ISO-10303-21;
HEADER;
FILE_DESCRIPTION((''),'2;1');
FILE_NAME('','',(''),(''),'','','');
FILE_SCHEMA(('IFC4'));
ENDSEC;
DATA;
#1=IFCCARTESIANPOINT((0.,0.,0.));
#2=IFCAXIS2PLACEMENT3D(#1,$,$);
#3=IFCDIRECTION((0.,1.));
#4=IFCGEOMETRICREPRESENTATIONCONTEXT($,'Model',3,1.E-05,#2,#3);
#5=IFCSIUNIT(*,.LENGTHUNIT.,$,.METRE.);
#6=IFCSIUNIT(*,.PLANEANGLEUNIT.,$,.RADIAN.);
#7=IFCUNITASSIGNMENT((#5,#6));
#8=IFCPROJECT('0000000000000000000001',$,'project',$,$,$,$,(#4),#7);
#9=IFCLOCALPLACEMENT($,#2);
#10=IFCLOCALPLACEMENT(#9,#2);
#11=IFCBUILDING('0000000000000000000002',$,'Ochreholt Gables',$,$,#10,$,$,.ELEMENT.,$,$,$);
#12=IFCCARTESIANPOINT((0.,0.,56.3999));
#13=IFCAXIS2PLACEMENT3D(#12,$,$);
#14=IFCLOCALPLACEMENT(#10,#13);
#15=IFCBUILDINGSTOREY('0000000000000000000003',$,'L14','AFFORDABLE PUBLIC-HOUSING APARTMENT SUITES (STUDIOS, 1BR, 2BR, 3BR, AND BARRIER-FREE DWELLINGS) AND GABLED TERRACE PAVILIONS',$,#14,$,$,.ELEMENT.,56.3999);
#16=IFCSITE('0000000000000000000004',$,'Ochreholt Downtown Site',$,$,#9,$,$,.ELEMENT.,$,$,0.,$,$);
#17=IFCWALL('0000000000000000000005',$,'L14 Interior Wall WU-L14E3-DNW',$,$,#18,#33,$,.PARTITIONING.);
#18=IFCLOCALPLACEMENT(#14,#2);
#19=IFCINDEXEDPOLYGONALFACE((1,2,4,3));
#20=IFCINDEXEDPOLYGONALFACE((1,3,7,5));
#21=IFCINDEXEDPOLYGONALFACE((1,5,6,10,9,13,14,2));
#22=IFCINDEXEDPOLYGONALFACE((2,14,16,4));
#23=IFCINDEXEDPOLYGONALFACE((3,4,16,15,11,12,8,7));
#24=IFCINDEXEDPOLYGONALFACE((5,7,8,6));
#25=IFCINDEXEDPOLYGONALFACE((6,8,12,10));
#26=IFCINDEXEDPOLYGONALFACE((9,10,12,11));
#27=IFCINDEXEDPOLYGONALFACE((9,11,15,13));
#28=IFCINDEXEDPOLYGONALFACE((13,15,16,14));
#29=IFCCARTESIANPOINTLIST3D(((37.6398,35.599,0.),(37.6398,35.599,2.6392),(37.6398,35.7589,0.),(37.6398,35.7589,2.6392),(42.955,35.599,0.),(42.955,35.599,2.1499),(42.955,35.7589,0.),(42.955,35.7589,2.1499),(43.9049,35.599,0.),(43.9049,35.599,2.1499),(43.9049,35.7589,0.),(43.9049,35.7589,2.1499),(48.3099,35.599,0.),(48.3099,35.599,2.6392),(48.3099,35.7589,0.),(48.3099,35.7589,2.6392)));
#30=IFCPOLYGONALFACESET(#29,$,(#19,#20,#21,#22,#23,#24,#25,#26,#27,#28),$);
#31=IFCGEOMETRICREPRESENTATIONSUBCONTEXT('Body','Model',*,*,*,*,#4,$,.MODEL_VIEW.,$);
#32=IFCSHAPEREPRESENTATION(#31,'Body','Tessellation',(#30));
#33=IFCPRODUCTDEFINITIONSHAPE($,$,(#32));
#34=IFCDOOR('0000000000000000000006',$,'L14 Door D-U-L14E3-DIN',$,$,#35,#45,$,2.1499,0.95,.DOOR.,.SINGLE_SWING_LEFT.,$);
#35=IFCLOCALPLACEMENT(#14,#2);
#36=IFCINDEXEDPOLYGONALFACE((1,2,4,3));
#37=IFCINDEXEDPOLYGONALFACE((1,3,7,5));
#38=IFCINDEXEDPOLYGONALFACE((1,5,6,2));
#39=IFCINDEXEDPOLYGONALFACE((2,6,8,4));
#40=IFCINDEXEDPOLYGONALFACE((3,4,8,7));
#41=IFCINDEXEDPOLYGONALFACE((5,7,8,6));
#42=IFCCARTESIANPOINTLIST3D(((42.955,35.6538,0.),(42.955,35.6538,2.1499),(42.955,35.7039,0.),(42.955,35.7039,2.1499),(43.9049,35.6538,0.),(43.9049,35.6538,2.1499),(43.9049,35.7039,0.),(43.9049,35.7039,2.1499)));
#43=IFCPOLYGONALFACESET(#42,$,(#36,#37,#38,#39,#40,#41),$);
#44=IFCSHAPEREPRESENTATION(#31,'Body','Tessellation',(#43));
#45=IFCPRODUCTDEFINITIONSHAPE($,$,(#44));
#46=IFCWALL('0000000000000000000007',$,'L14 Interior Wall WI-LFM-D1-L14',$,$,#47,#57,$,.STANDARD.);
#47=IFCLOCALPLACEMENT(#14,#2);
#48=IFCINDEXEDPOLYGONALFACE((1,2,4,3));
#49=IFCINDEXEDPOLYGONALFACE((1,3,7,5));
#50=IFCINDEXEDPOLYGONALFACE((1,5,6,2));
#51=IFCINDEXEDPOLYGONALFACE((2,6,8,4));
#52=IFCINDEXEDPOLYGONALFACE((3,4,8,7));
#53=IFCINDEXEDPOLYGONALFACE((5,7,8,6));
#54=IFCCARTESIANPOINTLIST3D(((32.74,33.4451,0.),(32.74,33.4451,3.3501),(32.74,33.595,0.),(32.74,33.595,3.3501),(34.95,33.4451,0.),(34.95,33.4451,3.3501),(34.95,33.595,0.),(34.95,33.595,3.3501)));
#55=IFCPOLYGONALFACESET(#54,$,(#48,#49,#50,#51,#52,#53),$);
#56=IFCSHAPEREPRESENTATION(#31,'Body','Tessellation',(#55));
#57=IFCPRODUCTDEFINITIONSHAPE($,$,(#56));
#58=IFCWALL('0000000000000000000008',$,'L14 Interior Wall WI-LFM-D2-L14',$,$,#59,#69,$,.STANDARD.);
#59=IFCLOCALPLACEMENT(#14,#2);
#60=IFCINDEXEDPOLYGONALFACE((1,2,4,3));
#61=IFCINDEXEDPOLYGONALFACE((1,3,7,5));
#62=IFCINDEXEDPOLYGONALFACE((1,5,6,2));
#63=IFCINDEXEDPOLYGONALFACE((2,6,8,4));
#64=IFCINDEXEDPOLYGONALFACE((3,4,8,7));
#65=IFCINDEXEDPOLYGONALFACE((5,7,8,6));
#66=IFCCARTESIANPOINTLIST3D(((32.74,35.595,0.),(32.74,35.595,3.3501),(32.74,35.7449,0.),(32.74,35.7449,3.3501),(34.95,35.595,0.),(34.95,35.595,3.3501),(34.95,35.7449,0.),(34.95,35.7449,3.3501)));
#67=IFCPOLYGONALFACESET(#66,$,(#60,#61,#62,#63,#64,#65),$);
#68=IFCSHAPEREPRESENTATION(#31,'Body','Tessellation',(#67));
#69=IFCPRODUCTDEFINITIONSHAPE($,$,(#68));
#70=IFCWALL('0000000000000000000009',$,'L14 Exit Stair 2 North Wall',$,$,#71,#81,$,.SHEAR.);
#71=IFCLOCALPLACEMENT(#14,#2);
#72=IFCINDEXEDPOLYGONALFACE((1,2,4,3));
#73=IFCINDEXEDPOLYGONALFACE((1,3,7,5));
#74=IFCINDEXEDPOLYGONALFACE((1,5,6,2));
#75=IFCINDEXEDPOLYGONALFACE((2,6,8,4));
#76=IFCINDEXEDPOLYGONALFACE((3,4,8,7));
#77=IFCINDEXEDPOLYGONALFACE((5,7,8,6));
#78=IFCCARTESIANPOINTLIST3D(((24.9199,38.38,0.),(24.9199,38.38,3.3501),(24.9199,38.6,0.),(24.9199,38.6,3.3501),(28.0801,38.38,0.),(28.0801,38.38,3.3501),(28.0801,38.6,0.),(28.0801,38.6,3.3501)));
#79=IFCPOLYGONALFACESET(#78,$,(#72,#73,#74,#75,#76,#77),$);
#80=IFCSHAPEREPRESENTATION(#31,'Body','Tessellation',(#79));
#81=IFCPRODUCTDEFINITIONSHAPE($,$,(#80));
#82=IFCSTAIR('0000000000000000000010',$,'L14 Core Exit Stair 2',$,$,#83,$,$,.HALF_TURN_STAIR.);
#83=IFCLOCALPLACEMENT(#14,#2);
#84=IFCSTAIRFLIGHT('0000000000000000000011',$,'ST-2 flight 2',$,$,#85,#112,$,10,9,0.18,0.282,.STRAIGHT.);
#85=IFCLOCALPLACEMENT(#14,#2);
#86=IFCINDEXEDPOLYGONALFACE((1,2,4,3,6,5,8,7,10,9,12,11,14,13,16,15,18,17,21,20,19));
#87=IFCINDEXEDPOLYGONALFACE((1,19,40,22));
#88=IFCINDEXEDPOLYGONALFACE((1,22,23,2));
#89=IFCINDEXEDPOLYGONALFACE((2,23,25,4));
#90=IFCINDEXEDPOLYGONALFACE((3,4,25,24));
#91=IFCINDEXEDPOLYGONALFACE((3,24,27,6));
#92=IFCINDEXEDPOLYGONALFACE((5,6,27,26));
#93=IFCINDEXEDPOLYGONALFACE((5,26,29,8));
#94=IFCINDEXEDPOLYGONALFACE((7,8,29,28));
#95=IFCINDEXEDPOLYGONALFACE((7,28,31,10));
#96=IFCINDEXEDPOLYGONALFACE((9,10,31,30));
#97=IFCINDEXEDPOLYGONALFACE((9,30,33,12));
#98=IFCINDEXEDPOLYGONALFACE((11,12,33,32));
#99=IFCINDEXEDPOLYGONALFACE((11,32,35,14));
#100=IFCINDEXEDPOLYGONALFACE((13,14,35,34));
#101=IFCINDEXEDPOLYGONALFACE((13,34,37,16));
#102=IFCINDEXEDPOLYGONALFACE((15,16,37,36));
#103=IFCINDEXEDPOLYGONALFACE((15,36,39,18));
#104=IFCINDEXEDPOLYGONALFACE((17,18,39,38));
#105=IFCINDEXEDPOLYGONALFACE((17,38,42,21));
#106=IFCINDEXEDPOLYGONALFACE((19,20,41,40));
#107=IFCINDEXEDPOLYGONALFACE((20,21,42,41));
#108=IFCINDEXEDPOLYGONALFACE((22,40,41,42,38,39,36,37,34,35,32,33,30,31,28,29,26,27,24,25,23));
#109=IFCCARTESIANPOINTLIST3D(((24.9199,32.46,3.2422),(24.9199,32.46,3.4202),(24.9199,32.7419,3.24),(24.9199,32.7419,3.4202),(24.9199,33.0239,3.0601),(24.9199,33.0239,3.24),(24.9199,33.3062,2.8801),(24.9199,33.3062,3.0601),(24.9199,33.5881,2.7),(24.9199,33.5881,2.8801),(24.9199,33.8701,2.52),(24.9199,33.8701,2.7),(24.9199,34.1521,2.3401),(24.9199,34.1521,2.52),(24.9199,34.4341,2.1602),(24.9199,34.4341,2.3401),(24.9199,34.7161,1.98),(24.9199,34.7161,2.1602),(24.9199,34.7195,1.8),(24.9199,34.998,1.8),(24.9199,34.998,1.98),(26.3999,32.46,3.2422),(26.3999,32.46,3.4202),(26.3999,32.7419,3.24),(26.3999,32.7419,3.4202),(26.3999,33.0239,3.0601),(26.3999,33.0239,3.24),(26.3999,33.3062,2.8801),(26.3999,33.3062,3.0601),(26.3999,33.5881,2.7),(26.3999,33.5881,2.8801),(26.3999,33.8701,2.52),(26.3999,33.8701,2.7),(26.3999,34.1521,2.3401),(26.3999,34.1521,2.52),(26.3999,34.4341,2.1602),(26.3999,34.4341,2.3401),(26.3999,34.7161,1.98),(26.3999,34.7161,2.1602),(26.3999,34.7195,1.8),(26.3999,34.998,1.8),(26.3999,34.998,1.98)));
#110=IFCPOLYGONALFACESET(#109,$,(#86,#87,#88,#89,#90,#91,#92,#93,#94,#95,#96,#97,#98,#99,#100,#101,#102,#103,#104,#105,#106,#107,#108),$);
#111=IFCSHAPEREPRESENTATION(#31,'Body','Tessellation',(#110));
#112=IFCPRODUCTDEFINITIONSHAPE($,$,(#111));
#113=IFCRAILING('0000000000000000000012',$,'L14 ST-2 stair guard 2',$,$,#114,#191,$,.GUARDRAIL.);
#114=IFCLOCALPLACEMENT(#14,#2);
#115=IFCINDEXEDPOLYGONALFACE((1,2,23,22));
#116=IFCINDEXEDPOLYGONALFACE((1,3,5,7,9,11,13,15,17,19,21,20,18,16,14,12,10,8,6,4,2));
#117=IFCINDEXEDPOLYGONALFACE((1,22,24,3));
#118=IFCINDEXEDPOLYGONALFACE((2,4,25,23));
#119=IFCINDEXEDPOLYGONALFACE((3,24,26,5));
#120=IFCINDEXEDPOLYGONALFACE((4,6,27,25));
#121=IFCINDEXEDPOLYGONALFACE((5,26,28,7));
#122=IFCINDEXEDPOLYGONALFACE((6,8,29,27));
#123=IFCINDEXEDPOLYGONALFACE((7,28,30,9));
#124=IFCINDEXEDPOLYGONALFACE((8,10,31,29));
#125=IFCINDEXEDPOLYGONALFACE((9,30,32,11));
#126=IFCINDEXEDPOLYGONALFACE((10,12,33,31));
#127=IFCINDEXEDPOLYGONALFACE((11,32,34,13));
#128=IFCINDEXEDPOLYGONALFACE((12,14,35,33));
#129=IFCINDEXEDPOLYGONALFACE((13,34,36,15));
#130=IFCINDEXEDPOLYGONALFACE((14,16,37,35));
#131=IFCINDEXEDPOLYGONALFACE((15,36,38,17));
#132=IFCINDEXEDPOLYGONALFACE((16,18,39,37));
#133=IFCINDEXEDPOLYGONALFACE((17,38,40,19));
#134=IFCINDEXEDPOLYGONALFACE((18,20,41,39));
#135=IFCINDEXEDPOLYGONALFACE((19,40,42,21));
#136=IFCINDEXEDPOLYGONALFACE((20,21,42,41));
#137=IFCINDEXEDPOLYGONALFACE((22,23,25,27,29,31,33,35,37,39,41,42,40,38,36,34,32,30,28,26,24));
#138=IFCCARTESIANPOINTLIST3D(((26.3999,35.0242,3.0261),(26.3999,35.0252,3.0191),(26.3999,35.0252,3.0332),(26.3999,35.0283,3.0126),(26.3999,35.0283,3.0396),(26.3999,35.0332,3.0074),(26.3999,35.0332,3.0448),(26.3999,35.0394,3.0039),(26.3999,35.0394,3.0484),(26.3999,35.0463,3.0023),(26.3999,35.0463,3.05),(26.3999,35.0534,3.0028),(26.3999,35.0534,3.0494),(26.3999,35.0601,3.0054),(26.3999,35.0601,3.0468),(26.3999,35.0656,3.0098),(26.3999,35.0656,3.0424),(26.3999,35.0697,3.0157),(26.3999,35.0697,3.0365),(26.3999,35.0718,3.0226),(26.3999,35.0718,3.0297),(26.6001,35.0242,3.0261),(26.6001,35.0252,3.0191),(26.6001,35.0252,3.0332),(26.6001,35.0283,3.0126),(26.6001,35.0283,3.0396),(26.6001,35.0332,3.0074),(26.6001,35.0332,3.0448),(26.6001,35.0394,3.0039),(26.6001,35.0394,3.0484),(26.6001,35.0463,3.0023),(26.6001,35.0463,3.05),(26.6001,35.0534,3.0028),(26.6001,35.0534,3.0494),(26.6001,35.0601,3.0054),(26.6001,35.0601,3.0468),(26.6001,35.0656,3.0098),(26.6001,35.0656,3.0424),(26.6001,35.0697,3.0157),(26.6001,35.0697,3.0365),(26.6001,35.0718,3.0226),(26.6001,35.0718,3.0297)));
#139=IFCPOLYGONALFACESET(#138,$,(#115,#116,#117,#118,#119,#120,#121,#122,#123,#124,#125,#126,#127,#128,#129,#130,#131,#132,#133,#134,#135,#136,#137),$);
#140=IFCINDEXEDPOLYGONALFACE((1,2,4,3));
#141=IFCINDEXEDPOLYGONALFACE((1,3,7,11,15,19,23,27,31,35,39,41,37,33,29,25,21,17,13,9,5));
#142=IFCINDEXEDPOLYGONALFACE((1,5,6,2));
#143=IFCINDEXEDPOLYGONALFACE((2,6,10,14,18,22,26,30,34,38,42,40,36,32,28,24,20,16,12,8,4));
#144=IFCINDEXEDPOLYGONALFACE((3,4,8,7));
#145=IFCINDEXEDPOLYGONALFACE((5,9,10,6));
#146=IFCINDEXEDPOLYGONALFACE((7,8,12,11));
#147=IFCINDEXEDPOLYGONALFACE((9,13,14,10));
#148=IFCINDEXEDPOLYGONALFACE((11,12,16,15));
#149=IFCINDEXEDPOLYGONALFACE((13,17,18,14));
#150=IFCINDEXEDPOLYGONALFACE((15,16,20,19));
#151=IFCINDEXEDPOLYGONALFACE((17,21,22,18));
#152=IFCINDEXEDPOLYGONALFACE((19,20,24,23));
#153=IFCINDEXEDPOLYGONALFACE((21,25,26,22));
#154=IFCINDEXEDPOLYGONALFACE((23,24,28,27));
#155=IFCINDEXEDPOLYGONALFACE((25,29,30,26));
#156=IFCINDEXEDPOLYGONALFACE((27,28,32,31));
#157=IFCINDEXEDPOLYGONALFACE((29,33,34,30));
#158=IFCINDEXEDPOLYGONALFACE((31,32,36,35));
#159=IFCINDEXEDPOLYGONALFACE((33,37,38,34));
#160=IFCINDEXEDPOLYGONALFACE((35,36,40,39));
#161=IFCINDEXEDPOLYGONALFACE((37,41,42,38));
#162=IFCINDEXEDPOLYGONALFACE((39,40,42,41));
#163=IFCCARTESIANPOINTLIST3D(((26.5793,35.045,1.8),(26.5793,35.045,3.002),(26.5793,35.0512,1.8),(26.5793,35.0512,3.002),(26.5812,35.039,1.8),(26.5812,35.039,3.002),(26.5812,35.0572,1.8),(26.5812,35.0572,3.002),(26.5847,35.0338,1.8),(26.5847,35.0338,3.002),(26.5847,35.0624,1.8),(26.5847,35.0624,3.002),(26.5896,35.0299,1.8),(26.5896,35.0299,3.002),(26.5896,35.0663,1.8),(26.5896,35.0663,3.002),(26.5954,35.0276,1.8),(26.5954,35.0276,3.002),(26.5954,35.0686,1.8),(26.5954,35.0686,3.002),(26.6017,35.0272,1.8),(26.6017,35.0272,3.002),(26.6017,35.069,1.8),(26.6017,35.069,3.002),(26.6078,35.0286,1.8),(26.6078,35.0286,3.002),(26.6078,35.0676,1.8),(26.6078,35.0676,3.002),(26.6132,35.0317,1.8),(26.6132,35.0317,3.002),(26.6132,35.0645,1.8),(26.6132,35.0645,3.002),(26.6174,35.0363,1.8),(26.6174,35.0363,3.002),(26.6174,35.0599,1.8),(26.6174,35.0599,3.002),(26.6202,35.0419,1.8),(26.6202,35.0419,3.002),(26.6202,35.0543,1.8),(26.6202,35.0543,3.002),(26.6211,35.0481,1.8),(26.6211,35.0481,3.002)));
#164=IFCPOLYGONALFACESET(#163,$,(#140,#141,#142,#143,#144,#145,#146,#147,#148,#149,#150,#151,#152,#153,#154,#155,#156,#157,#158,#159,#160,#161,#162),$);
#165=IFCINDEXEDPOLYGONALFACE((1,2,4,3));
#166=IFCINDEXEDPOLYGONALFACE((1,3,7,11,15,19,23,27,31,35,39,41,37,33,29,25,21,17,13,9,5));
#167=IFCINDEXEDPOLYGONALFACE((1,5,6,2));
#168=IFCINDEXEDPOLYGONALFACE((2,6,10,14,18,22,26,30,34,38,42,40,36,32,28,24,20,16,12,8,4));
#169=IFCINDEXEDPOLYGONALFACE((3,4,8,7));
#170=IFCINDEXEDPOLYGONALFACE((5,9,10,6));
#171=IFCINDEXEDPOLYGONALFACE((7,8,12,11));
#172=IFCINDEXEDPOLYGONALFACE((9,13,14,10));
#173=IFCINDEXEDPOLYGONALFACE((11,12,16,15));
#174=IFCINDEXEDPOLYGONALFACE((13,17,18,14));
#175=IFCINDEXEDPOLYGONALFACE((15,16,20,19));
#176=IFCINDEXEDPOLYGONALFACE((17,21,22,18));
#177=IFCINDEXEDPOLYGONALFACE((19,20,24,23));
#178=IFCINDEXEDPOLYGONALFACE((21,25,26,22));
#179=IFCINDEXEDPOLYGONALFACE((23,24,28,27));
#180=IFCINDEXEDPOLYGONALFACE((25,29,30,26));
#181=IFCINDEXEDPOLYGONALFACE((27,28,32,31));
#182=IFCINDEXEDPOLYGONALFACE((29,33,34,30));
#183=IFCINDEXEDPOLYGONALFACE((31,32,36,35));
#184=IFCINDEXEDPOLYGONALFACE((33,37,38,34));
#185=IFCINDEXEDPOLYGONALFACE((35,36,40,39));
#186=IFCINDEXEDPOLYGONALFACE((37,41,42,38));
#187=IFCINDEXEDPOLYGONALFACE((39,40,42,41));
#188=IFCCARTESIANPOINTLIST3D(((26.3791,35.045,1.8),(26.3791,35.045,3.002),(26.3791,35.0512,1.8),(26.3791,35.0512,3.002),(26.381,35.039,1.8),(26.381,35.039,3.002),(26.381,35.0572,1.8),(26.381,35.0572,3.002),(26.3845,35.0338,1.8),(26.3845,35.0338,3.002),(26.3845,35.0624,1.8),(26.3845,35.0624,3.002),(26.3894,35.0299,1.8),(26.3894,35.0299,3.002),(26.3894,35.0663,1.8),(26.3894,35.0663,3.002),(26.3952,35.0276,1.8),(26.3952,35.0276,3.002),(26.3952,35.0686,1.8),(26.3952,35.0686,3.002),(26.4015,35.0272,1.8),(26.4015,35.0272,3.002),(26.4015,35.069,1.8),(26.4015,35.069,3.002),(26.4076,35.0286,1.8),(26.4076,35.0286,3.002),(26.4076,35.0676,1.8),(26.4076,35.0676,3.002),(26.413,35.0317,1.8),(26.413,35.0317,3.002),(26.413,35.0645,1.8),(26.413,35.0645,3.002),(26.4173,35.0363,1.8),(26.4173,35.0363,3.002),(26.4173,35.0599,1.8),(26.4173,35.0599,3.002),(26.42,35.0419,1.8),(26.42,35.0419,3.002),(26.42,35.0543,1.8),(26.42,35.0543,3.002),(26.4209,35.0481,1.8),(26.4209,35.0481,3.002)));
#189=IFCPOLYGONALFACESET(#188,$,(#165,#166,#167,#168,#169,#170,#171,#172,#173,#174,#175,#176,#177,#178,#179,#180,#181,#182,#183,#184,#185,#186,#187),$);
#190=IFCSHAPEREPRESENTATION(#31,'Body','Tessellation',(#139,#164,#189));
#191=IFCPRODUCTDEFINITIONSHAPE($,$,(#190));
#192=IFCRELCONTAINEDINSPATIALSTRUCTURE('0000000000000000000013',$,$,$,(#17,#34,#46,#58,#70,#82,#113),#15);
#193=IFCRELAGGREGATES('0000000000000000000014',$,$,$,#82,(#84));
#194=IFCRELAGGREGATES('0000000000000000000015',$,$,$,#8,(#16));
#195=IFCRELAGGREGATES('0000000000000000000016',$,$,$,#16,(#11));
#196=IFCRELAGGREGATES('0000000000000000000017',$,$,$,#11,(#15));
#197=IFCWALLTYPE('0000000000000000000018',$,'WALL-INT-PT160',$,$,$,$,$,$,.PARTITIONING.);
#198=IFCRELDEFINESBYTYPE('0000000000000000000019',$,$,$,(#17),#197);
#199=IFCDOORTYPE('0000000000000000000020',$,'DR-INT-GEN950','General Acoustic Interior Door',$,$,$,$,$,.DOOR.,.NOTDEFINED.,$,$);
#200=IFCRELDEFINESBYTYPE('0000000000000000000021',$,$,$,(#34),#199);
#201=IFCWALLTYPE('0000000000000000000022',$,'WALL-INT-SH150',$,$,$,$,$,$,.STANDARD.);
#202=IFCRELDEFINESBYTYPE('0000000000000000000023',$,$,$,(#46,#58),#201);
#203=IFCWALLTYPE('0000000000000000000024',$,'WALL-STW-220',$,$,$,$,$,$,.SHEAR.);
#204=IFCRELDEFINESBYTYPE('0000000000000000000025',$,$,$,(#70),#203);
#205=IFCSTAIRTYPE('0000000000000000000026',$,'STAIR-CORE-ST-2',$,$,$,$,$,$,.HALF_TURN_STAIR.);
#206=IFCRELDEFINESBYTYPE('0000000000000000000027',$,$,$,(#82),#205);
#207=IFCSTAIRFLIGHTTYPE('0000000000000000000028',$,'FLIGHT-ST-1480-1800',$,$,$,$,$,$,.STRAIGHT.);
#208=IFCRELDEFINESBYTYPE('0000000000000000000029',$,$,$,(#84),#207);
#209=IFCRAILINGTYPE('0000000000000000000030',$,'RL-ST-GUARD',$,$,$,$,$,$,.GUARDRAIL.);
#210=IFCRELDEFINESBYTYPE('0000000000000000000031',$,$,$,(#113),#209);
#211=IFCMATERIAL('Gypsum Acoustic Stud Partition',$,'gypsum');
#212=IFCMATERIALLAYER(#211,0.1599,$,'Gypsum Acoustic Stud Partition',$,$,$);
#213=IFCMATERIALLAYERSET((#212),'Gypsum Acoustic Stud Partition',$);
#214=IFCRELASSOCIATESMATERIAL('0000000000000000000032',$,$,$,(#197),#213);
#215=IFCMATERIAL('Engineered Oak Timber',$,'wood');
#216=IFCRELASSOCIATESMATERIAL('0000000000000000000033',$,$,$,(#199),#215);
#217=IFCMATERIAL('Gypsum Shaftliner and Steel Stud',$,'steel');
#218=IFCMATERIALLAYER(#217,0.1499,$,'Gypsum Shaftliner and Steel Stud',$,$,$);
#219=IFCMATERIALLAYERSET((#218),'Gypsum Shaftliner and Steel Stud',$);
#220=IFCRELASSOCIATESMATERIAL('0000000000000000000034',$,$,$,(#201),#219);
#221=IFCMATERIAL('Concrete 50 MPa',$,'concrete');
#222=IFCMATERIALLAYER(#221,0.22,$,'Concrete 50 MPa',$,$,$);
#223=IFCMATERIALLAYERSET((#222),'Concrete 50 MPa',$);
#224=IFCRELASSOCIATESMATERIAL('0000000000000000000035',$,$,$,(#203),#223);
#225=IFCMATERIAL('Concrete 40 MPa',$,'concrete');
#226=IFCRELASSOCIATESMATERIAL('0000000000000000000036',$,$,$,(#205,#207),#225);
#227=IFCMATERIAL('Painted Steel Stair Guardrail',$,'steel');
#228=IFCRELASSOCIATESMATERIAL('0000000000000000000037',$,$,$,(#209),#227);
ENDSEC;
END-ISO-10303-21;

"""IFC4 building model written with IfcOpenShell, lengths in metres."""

from ifc_helpers import new_model, si_unit, direction, frame, frame_2d, origin, origin_2d, place, context, subcontext, project, spatial, polyline, rectangle, circle, outline, extrude, material, layer, layer_set, type_object, element, fill, aggregate, save


model = new_model("IFC4")

# Units and contexts
model_context = context("Model", 3, precision=1e-05, world=origin(), true_north=direction((0.0, 1.0)))
body_context = subcontext(model_context, "Body", "Model", "MODEL_VIEW")
ifc_project = project(units=[si_unit("LENGTHUNIT", "METRE"), si_unit("PLANEANGLEUNIT", "RADIAN")], contexts=[model_context])

# Site, building, storey
site_placement = place(None, origin())
site = spatial("IfcSite", under=ifc_project, at=site_placement, Name="Ochreholt Downtown Site", CompositionType="ELEMENT", RefElevation=0.0)
building_placement = place(site_placement, origin())
building = spatial("IfcBuilding", under=site, at=building_placement, Name="Ochreholt Gables", CompositionType="ELEMENT")
storey_placement = place(building_placement, frame((0.0, 0.0, 56.3999)))
storey = spatial("IfcBuildingStorey", under=building, at=storey_placement, Name="L14", Description="AFFORDABLE PUBLIC-HOUSING APARTMENT SUITES (STUDIOS, 1BR, 2BR, 3BR, AND BARRIER-FREE DWELLINGS) AND GABLED TERRACE PAVILIONS", CompositionType="ELEMENT", Elevation=56.3999)

# Wall, opening, door
ifc_material_1 = material(Name="Gypsum Acoustic Stud Partition", Category="gypsum")
ifc_layer_1 = layer(ifc_material_1, 0.1599, Name="Gypsum Acoustic Stud Partition")
ifc_layer_set_1 = layer_set([ifc_layer_1], Name="Gypsum Acoustic Stud Partition")
wall_type_1 = type_object("IfcWallType", Name="WALL-INT-PT160", PredefinedType="PARTITIONING", material=ifc_layer_set_1)
wall_1_placement = place(storey_placement, frame((37.6399, 35.679, 0.0), z_axis=(0.0, 0.0, 1.0), x_axis=(1.0, 0.0, 0.0)))
wall_1 = element("IfcWall", 1, at=wall_1_placement, inside=storey, type_object=wall_type_1, Name="L14 Interior Wall WU-L14E3-DNW", PredefinedType="PARTITIONING", context=body_context, shape_type="SweptSolid", body=[
    extrude(rectangle(XDim=10.6702, YDim=0.1599, at=frame_2d((5.335, 0.0))), origin(), (0.0, 0.0, 1.0), 2.6392),
])
opening_placement = place(wall_1_placement, frame((5.3149, 0.0, 0.0)))
opening = element("IfcOpeningElement", 2, at=opening_placement, cuts=wall_1, PredefinedType="OPENING", context=body_context, shape_type="SweptSolid", body=[
    extrude(rectangle(XDim=0.95, YDim=2.1499, at=frame_2d((0.4751, 1.075))), frame((0.0, 0.0898, 0.0), z_axis=(0.0, -1.0, 0.0), x_axis=(1.0, 0.0, 0.0)), (0.0, 0.0, 1.0), 0.1799),
])
ifc_material_2 = material(Name="Engineered Oak Timber", Category="wood")
door_type = type_object("IfcDoorType", Name="DR-INT-GEN950", Description="General Acoustic Interior Door", OperationType="NOTDEFINED", PredefinedType="DOOR", material=ifc_material_2)
door_placement = place(opening_placement, origin())
door = element("IfcDoor", 3, at=door_placement, inside=storey, type_object=door_type, Name="L14 Door D-U-L14E3-DIN", OperationType="SINGLE_SWING_LEFT", OverallHeight=2.1499, OverallWidth=0.95, PredefinedType="DOOR", context=body_context, shape_type="SweptSolid", body=[
    extrude(rectangle(XDim=0.95, YDim=2.1499, at=frame_2d((0.4751, 1.075))), frame((0.0, 0.0249, 0.0), z_axis=(0.0, -1.0, 0.0), x_axis=(1.0, 0.0, 0.0)), (0.0, 0.0, 1.0), 0.05),
])
fill(opening, door)

# Walls
ifc_material_3 = material(Name="Gypsum Shaftliner and Steel Stud", Category="steel")
ifc_layer_2 = layer(ifc_material_3, 0.1499, Name="Gypsum Shaftliner and Steel Stud")
ifc_layer_set_2 = layer_set([ifc_layer_2], Name="Gypsum Shaftliner and Steel Stud")
wall_type_2 = type_object("IfcWallType", Name="WALL-INT-SH150", PredefinedType="STANDARD", material=ifc_layer_set_2)
for number, where, z_axis, x_axis, name in (
    (4, (32.74, 33.52, 0.0), (0.0, 0.0, 1.0), (1.0, 0.0, 0.0), "L14 Interior Wall WI-LFM-D1-L14"),
    (5, (32.74, 35.6699, 0.0), (0.0, 0.0, 1.0), (1.0, 0.0, 0.0), "L14 Interior Wall WI-LFM-D2-L14"),
):
    element("IfcWall", number, at=place(storey_placement, frame(where, z_axis=z_axis, x_axis=x_axis)), inside=storey, type_object=wall_type_2, Name=name, PredefinedType="STANDARD", context=body_context, shape_type="SweptSolid", body=[
        extrude(rectangle(XDim=2.21, YDim=0.1499, at=frame_2d((1.105, 0.0))), origin(), (0.0, 0.0, 1.0), 3.3501),
    ])
ifc_material_4 = material(Name="Concrete 50 MPa", Category="concrete")
ifc_layer_3 = layer(ifc_material_4, 0.22, Name="Concrete 50 MPa")
ifc_layer_set_3 = layer_set([ifc_layer_3], Name="Concrete 50 MPa")
wall_type_3 = type_object("IfcWallType", Name="WALL-STW-220", PredefinedType="SHEAR", material=ifc_layer_set_3)
wall_2_placement = place(storey_placement, frame((24.9199, 38.49, 0.0), z_axis=(0.0, 0.0, 1.0), x_axis=(1.0, 0.0, 0.0)))
element("IfcWall", 6, at=wall_2_placement, inside=storey, type_object=wall_type_3, Name="L14 Exit Stair 2 North Wall", PredefinedType="SHEAR", context=body_context, shape_type="SweptSolid", body=[
    extrude(rectangle(XDim=3.1602, YDim=0.22, at=frame_2d((1.5801, 0.0))), origin(), (0.0, 0.0, 1.0), 3.3501),
])

# Stair, stair flight
ifc_material_5 = material(Name="Concrete 40 MPa", Category="concrete")
stair_type = type_object("IfcStairType", Name="STAIR-CORE-ST-2", PredefinedType="HALF_TURN_STAIR", material=ifc_material_5)
stair_placement = place(storey_placement, origin())
stair = element("IfcStair", 7, at=stair_placement, inside=storey, type_object=stair_type, Name="L14 Core Exit Stair 2", PredefinedType="HALF_TURN_STAIR")
stair_flight_type = type_object("IfcStairFlightType", Name="FLIGHT-ST-1480-1800", PredefinedType="STRAIGHT", material=ifc_material_5)
stair_flight_placement = place(storey_placement, frame((25.6599, 34.998, 1.8), z_axis=(0.0, 0.0, 1.0), x_axis=(0.0, -1.0, 0.0)))
stair_flight = element("IfcStairFlight", 8, at=stair_flight_placement, type_object=stair_flight_type, Name="ST-2 flight 2", NumberOfRisers=10, NumberOfTreads=9, PredefinedType="STRAIGHT", RiserHeight=0.18, TreadLength=0.282, context=body_context, shape_type="SweptSolid", body=[
    extrude(outline(polyline([(0.0, 0.0), (0.0, 0.1799), (0.282, 0.1799), (0.282, 0.3601), (0.564, 0.3601), (0.564, 0.54), (0.8459, 0.54), (0.8459, 0.72), (1.1279, 0.72), (1.1279, 0.8999), (1.4099, 0.8999), (1.4099, 1.0801), (1.6919, 1.0801), (1.6919, 1.26), (1.9741, 1.26), (1.9741, 1.4399), (2.2561, 1.4399), (2.2561, 1.6201), (2.5381, 1.6201), (2.5381, 1.8), (2.5381, 1.4421), (0.2786, 0.0), (0.0, 0.0)])), frame((0.0, 0.74, 0.0), z_axis=(0.0, -1.0, 0.0), x_axis=(1.0, 0.0, 0.0)), (0.0, 0.0, 1.0), 1.48),
])
aggregate(stair, [stair_flight])

# Railing
ifc_material_6 = material(Name="Painted Steel Stair Guardrail", Category="steel")
railing_type_1 = type_object("IfcRailingType", Name="RL-ST-GUARD", PredefinedType="GUARDRAIL", material=ifc_material_6)
railing_1_placement = place(storey_placement, frame((26.6001, 35.0481, 1.8)))
element("IfcRailing", 9, at=railing_1_placement, inside=storey, type_object=railing_type_1, Name="L14 ST-2 stair guard 2", PredefinedType="GUARDRAIL", context=body_context, shape_type="SweptSolid", body=[
    extrude(circle(Radius=0.0239, at=origin_2d()), frame((0.0, 0.0, 1.2261), z_axis=(-1.0, 0.0, 0.0), x_axis=(0.0, -1.0, 0.0)), (0.0, 0.0, 1.0), 0.2002),
    extrude(circle(Radius=0.021, at=origin_2d()), origin(), (0.0, 0.0, 1.0), 1.2019),
    extrude(circle(Radius=0.021, at=origin_2d()), frame((-0.2002, 0.0, 0.0)), (0.0, 0.0, 1.0), 1.2019),
])

save(model, "model.ifc")
